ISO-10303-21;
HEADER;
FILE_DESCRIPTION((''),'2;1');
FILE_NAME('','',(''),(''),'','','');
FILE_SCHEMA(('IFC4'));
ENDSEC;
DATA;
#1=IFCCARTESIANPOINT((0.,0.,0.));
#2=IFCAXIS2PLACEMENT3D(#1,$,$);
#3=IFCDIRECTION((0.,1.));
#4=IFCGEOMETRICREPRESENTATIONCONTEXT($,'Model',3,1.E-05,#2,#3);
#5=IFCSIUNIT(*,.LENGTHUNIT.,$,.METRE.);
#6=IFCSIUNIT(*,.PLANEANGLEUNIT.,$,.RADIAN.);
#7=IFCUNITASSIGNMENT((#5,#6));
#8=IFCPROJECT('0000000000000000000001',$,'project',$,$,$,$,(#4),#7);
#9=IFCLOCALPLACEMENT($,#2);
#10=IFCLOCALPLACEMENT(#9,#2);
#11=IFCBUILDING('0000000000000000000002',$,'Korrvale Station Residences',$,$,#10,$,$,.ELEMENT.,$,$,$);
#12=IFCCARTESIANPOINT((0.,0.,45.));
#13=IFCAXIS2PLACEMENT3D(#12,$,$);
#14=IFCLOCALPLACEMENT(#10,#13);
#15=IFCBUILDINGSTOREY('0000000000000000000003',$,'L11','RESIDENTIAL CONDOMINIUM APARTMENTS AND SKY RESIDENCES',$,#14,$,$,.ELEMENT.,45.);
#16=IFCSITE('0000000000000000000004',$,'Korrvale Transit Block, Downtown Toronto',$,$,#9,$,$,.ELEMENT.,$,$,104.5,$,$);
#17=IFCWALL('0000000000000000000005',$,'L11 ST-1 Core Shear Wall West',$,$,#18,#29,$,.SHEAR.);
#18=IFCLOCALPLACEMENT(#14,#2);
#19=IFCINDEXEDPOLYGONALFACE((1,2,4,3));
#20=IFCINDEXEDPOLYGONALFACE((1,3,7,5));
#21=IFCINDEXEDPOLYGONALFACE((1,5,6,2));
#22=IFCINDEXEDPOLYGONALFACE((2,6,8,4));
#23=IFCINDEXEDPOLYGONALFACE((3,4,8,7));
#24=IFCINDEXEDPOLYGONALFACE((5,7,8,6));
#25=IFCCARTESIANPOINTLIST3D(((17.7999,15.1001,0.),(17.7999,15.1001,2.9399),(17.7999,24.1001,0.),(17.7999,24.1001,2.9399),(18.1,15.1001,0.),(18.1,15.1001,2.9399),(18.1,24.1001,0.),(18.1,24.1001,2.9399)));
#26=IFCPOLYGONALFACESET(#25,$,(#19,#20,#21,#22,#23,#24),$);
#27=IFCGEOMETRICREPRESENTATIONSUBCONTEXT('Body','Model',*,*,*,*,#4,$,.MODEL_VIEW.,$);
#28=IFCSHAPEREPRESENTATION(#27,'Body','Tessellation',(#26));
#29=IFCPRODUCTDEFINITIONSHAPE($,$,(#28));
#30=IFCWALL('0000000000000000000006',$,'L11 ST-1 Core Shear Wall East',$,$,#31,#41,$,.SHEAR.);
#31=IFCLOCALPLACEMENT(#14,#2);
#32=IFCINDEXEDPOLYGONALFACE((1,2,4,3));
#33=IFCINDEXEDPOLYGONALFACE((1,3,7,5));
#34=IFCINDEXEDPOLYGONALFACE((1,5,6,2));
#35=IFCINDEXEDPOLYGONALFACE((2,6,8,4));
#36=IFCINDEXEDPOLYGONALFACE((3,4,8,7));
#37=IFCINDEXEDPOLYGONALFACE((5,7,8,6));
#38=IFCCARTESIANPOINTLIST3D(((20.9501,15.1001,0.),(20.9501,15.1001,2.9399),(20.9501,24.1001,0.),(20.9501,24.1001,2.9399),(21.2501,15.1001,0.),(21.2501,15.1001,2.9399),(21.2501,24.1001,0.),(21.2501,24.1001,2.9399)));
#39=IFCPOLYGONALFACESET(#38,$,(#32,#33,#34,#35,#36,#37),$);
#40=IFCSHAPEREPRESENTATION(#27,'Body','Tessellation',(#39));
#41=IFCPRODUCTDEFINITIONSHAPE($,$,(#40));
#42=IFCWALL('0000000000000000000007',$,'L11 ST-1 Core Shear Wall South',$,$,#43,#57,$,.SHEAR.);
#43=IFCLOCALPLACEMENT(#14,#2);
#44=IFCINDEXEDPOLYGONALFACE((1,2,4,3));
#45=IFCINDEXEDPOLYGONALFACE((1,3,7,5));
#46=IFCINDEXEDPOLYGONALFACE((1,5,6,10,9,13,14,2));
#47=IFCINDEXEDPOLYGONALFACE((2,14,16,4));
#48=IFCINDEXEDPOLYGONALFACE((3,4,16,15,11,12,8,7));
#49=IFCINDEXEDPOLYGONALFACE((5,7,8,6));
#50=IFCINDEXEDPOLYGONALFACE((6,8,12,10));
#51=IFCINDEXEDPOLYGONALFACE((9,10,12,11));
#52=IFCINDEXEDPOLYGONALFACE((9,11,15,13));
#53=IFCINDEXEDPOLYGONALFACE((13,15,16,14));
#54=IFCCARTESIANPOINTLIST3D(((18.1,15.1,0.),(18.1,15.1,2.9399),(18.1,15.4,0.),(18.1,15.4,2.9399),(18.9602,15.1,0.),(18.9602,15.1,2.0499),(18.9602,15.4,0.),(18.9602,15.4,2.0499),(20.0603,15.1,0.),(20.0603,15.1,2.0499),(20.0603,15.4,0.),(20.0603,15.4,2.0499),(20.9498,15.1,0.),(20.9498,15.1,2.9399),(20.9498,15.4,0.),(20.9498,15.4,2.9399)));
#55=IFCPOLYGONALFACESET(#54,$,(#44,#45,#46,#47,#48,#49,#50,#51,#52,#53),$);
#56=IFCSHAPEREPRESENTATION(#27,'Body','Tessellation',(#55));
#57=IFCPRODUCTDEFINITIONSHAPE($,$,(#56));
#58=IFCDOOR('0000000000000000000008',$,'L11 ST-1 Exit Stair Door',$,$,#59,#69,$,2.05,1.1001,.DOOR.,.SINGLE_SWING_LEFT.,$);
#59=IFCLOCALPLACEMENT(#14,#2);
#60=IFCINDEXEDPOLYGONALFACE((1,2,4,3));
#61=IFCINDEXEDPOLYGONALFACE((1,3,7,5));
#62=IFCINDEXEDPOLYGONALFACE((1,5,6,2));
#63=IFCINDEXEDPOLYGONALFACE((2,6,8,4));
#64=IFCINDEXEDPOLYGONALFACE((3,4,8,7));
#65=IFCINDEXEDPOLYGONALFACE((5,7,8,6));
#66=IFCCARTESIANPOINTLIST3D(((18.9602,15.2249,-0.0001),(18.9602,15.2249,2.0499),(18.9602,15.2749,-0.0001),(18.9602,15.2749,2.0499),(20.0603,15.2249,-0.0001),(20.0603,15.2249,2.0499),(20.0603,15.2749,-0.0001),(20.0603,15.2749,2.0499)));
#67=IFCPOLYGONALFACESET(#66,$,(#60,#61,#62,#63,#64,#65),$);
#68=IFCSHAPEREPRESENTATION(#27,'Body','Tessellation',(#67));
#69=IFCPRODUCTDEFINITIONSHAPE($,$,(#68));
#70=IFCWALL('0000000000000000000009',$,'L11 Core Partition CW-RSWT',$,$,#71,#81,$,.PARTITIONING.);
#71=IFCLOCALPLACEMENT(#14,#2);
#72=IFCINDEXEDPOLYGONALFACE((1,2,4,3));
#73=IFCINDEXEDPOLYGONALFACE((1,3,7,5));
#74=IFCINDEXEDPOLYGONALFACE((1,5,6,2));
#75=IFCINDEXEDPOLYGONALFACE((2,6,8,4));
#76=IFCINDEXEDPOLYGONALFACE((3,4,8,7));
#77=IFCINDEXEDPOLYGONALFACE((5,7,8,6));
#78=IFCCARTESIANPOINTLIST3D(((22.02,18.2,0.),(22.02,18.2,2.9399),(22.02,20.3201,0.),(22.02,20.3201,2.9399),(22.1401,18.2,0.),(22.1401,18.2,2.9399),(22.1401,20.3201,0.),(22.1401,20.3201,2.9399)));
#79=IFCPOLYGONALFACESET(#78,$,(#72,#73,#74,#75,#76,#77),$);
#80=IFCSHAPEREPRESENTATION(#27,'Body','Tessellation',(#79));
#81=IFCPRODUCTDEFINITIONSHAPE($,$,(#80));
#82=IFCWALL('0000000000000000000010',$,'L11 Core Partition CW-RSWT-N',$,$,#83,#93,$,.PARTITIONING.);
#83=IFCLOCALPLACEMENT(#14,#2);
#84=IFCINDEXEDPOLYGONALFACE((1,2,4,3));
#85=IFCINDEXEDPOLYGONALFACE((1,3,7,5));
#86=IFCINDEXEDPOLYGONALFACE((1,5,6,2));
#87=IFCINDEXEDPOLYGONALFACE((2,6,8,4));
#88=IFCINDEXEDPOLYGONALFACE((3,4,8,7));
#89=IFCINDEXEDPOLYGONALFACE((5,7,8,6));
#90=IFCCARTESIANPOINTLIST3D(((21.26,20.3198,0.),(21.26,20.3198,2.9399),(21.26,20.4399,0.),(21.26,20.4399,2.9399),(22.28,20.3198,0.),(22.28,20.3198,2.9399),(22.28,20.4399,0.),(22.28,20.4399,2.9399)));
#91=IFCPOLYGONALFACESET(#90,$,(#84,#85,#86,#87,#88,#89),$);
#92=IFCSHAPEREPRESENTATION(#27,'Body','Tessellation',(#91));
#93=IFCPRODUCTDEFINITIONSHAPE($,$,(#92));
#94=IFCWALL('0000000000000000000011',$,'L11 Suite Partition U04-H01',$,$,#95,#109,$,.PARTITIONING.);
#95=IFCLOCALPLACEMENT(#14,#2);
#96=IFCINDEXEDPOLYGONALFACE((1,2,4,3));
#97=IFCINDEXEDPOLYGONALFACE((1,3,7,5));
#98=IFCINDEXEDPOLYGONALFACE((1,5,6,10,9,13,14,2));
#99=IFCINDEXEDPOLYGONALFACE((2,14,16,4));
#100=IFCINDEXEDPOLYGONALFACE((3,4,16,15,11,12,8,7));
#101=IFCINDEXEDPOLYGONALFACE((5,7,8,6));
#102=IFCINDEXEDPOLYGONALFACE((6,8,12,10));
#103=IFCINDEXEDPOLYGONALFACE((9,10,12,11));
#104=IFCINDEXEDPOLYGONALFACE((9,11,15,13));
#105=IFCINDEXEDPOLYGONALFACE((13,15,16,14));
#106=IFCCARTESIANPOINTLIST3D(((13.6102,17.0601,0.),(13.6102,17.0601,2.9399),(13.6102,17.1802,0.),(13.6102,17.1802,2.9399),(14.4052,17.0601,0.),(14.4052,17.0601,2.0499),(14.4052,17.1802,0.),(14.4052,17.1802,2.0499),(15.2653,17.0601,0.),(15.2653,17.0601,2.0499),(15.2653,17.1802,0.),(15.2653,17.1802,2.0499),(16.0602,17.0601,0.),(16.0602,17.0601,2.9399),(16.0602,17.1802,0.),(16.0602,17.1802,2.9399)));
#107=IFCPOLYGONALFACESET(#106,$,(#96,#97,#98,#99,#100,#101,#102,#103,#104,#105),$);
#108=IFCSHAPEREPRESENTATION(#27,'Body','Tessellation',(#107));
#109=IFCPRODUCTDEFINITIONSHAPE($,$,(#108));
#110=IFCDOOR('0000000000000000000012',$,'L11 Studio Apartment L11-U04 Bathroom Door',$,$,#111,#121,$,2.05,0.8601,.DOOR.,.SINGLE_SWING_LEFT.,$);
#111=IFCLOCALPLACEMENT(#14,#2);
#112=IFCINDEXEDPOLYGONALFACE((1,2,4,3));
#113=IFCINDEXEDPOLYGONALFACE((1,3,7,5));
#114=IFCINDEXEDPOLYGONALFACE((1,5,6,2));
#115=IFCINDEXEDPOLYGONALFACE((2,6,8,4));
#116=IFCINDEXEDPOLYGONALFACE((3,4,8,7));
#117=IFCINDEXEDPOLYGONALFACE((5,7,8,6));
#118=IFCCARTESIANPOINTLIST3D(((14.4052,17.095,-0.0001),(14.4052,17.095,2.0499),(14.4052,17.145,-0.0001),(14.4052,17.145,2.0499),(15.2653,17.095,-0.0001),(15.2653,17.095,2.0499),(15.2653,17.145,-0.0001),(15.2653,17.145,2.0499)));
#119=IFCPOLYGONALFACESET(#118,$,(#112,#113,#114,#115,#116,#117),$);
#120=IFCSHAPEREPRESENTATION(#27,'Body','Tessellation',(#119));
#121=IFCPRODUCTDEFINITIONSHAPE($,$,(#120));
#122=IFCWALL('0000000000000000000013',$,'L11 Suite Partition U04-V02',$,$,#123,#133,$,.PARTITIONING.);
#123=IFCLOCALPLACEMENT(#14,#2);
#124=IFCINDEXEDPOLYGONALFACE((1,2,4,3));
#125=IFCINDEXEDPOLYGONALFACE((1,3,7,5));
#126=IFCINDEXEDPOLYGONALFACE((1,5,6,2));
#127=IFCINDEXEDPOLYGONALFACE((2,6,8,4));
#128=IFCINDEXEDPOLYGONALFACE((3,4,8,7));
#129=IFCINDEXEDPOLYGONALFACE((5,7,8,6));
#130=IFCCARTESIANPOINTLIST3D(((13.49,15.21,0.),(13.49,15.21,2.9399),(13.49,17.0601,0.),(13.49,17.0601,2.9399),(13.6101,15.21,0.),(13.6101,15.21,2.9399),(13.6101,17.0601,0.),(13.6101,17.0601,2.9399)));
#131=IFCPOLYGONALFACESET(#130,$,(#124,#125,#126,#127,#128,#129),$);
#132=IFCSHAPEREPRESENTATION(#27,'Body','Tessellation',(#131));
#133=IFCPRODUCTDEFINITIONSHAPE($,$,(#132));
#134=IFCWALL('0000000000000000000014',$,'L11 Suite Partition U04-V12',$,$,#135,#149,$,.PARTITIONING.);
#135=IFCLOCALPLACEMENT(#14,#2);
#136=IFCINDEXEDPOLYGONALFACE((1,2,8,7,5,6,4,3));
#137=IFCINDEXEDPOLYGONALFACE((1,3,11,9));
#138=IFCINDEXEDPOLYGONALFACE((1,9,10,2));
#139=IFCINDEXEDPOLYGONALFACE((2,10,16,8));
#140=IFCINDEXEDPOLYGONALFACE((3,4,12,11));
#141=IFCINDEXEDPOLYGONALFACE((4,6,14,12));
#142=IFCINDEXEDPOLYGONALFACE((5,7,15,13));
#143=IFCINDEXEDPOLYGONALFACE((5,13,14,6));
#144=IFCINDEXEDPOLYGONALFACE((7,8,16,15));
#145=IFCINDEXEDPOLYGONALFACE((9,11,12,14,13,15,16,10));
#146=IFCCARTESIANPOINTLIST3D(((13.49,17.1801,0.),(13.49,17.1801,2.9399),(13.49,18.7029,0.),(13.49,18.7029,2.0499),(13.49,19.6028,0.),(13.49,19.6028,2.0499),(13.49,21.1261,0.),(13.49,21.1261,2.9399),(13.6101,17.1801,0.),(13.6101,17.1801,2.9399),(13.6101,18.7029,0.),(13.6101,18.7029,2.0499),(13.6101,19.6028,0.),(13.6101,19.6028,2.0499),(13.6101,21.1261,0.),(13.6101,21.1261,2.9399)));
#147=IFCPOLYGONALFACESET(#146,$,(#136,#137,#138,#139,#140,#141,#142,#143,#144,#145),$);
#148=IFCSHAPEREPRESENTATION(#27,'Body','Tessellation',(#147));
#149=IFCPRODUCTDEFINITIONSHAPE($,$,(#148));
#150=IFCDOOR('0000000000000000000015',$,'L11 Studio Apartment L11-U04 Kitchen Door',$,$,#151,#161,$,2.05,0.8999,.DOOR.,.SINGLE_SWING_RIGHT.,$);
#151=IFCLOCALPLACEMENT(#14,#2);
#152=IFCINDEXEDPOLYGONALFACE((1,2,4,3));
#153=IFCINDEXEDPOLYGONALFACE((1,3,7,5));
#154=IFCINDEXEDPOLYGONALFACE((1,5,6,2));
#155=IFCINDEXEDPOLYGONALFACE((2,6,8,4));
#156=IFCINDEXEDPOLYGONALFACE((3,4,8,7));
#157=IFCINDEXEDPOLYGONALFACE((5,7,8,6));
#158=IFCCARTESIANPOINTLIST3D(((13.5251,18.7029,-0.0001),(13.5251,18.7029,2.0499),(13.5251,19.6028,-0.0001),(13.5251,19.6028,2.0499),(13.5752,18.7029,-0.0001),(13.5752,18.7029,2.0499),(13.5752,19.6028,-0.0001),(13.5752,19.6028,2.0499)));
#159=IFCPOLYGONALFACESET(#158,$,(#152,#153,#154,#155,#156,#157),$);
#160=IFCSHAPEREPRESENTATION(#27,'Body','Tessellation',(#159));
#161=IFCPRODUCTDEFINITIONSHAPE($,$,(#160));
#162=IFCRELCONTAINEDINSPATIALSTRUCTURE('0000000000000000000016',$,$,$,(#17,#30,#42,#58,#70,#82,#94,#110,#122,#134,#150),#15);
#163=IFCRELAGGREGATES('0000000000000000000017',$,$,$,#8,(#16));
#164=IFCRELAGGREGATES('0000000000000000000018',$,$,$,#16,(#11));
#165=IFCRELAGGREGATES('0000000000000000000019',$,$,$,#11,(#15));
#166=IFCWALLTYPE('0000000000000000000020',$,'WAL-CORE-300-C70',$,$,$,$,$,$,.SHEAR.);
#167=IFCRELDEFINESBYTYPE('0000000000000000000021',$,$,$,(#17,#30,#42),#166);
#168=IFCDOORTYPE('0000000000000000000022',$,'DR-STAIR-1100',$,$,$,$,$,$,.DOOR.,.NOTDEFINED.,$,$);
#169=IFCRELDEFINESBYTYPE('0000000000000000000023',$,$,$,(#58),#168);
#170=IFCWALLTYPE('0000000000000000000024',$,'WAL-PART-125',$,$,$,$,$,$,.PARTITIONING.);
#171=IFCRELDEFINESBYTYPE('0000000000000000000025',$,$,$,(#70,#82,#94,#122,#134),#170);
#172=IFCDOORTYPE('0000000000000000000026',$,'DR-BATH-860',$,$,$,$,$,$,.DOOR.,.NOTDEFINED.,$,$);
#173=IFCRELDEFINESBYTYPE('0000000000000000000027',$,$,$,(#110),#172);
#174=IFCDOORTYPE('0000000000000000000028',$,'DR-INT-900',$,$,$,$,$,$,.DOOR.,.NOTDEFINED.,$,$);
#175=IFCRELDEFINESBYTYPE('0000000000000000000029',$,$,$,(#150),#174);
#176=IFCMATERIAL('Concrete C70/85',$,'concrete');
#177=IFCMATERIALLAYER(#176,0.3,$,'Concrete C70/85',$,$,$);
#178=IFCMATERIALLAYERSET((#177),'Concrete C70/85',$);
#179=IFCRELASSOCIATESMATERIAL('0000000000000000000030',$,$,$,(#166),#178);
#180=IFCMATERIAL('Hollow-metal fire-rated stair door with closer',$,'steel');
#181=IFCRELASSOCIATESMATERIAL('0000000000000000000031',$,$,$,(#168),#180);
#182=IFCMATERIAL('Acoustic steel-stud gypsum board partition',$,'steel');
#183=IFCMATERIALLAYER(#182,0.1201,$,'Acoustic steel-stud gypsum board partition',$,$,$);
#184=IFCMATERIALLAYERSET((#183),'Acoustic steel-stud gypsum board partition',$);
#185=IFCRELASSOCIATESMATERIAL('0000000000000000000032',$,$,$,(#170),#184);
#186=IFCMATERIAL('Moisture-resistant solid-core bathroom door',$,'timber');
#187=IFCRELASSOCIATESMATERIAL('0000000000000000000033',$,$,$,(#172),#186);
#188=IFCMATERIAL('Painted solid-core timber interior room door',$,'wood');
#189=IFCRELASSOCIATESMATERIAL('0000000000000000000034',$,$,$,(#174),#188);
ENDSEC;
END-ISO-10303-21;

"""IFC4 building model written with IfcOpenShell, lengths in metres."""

from ifc_helpers import new_model, si_unit, direction, frame, frame_2d, origin, place, context, subcontext, project, spatial, rectangle, extrude, material, layer, layer_set, type_object, element, fill, save


model = new_model("IFC4")

# Units and contexts
model_context = context("Model", 3, precision=1e-05, world=origin(), true_north=direction((0.0, 1.0)))
body_context = subcontext(model_context, "Body", "Model", "MODEL_VIEW")
ifc_project = project(units=[si_unit("LENGTHUNIT", "METRE"), si_unit("PLANEANGLEUNIT", "RADIAN")], contexts=[model_context])

# Site, building, storey
site_placement = place(None, origin())
site = spatial("IfcSite", under=ifc_project, at=site_placement, Name="Korrvale Transit Block, Downtown Toronto", CompositionType="ELEMENT", RefElevation=104.5)
building_placement = place(site_placement, origin())
building = spatial("IfcBuilding", under=site, at=building_placement, Name="Korrvale Station Residences", CompositionType="ELEMENT")
storey_placement = place(building_placement, frame((0.0, 0.0, 45.0)))
storey = spatial("IfcBuildingStorey", under=building, at=storey_placement, Name="L11", Description="RESIDENTIAL CONDOMINIUM APARTMENTS AND SKY RESIDENCES", CompositionType="ELEMENT", Elevation=45.0)

# Walls
ifc_material_1 = material(Name="Concrete C70/85", Category="concrete")
ifc_layer_1 = layer(ifc_material_1, 0.3, Name="Concrete C70/85")
ifc_layer_set_1 = layer_set([ifc_layer_1], Name="Concrete C70/85")
wall_type_1 = type_object("IfcWallType", Name="WAL-CORE-300-C70", PredefinedType="SHEAR", material=ifc_layer_set_1)
for number, where, z_axis, x_axis, name in (
    (1, (17.95, 15.1001, 0.0), (0.0, 0.0, 1.0), (0.0, 1.0, 0.0), "L11 ST-1 Core Shear Wall West"),
    (2, (21.1001, 15.1001, 0.0), (0.0, 0.0, 1.0), (0.0, 1.0, 0.0), "L11 ST-1 Core Shear Wall East"),
):
    element("IfcWall", number, at=place(storey_placement, frame(where, z_axis=z_axis, x_axis=x_axis)), inside=storey, type_object=wall_type_1, Name=name, PredefinedType="SHEAR", context=body_context, shape_type="SweptSolid", body=[
        extrude(rectangle(XDim=9.0, YDim=0.3, at=frame_2d((4.5, 0.0))), origin(), (0.0, 0.0, 1.0), 2.9399),
    ])

# Wall, opening, door
wall_1_placement = place(storey_placement, frame((18.1001, 15.25, 0.0), z_axis=(0.0, 0.0, 1.0), x_axis=(1.0, 0.0, 0.0)))
wall_1 = element("IfcWall", 3, at=wall_1_placement, inside=storey, type_object=wall_type_1, Name="L11 ST-1 Core Shear Wall South", PredefinedType="SHEAR", context=body_context, shape_type="SweptSolid", body=[
    extrude(rectangle(XDim=2.8499, YDim=0.3, at=frame_2d((1.4248, 0.0))), origin(), (0.0, 0.0, 1.0), 2.9399),
])
opening_1_placement = place(wall_1_placement, frame((0.8601, 0.0, 0.0)))
opening_1 = element("IfcOpeningElement", 4, at=opening_1_placement, cuts=wall_1, PredefinedType="OPENING", context=body_context, shape_type="SweptSolid", body=[
    extrude(rectangle(XDim=1.1001, YDim=2.05, at=frame_2d((0.55, 1.0249))), frame((0.0, 0.1602, 0.0), z_axis=(0.0, -1.0, 0.0), x_axis=(1.0, 0.0, 0.0)), (0.0, 0.0, 1.0), 0.3201),
])
ifc_material_2 = material(Name="Hollow-metal fire-rated stair door with closer", Category="steel")
door_type_1 = type_object("IfcDoorType", Name="DR-STAIR-1100", OperationType="NOTDEFINED", PredefinedType="DOOR", material=ifc_material_2)
door_1_placement = place(opening_1_placement, origin())
door_1 = element("IfcDoor", 5, at=door_1_placement, inside=storey, type_object=door_type_1, Name="L11 ST-1 Exit Stair Door", OperationType="SINGLE_SWING_LEFT", OverallHeight=2.05, OverallWidth=1.1001, PredefinedType="DOOR", context=body_context, shape_type="SweptSolid", body=[
    extrude(rectangle(XDim=1.1001, YDim=2.05, at=frame_2d((0.55, 1.0249))), frame((0.0, 0.0249, 0.0), z_axis=(0.0, -1.0, 0.0), x_axis=(1.0, 0.0, 0.0)), (0.0, 0.0, 1.0), 0.05),
])
fill(opening_1, door_1)

# Walls
ifc_material_3 = material(Name="Acoustic steel-stud gypsum board partition", Category="steel")
ifc_layer_2 = layer(ifc_material_3, 0.1201, Name="Acoustic steel-stud gypsum board partition")
ifc_layer_set_2 = layer_set([ifc_layer_2], Name="Acoustic steel-stud gypsum board partition")
wall_type_2 = type_object("IfcWallType", Name="WAL-PART-125", PredefinedType="PARTITIONING", material=ifc_layer_set_2)
wall_2_placement = place(storey_placement, frame((22.0801, 18.2, 0.0), z_axis=(0.0, 0.0, 1.0), x_axis=(0.0, 1.0, 0.0)))
element("IfcWall", 6, at=wall_2_placement, inside=storey, type_object=wall_type_2, Name="L11 Core Partition CW-RSWT", PredefinedType="PARTITIONING", context=body_context, shape_type="SweptSolid", body=[
    extrude(rectangle(XDim=2.1201, YDim=0.1201, at=frame_2d((1.0601, 0.0))), origin(), (0.0, 0.0, 1.0), 2.9399),
])
wall_3_placement = place(storey_placement, frame((22.28, 20.3799, 0.0), z_axis=(0.0, 0.0, 1.0), x_axis=(-1.0, 0.0, 0.0)))
element("IfcWall", 7, at=wall_3_placement, inside=storey, type_object=wall_type_2, Name="L11 Core Partition CW-RSWT-N", PredefinedType="PARTITIONING", context=body_context, shape_type="SweptSolid", body=[
    extrude(rectangle(XDim=1.02, YDim=0.1201, at=frame_2d((0.51, 0.0))), origin(), (0.0, 0.0, 1.0), 2.9399),
])

# Wall, opening, door
wall_4_placement = place(storey_placement, frame((13.6101, 17.1201, 0.0), z_axis=(0.0, 0.0, 1.0), x_axis=(1.0, 0.0, 0.0)))
wall_4 = element("IfcWall", 8, at=wall_4_placement, inside=storey, type_object=wall_type_2, Name="L11 Suite Partition U04-H01", PredefinedType="PARTITIONING", context=body_context, shape_type="SweptSolid", body=[
    extrude(rectangle(XDim=2.45, YDim=0.1201, at=frame_2d((1.2251, 0.0))), origin(), (0.0, 0.0, 1.0), 2.9399),
])
opening_2_placement = place(wall_4_placement, frame((0.7949, 0.0, 0.0)))
opening_2 = element("IfcOpeningElement", 9, at=opening_2_placement, cuts=wall_4, PredefinedType="OPENING", context=body_context, shape_type="SweptSolid", body=[
    extrude(rectangle(XDim=0.8601, YDim=2.05, at=frame_2d((0.4302, 1.0249))), frame((0.0, 0.0701, 0.0), z_axis=(0.0, -1.0, 0.0), x_axis=(1.0, 0.0, 0.0)), (0.0, 0.0, 1.0), 0.1401),
])
ifc_material_4 = material(Name="Moisture-resistant solid-core bathroom door", Category="timber")
door_type_2 = type_object("IfcDoorType", Name="DR-BATH-860", OperationType="NOTDEFINED", PredefinedType="DOOR", material=ifc_material_4)
door_2_placement = place(opening_2_placement, origin())
door_2 = element("IfcDoor", 10, at=door_2_placement, inside=storey, type_object=door_type_2, Name="L11 Studio Apartment L11-U04 Bathroom Door", OperationType="SINGLE_SWING_LEFT", OverallHeight=2.05, OverallWidth=0.8601, PredefinedType="DOOR", context=body_context, shape_type="SweptSolid", body=[
    extrude(rectangle(XDim=0.8601, YDim=2.05, at=frame_2d((0.4302, 1.0249))), frame((0.0, 0.0249, 0.0), z_axis=(0.0, -1.0, 0.0), x_axis=(1.0, 0.0, 0.0)), (0.0, 0.0, 1.0), 0.05),
])
fill(opening_2, door_2)

# Wall
wall_5_placement = place(storey_placement, frame((13.55, 15.21, 0.0), z_axis=(0.0, 0.0, 1.0), x_axis=(0.0, 1.0, 0.0)))
element("IfcWall", 11, at=wall_5_placement, inside=storey, type_object=wall_type_2, Name="L11 Suite Partition U04-V02", PredefinedType="PARTITIONING", context=body_context, shape_type="SweptSolid", body=[
    extrude(rectangle(XDim=1.8501, YDim=0.1201, at=frame_2d((0.925, 0.0))), origin(), (0.0, 0.0, 1.0), 2.9399),
])

# Wall, opening, door
wall_6_placement = place(storey_placement, frame((13.55, 17.1799, 0.0), z_axis=(0.0, 0.0, 1.0), x_axis=(0.0, 1.0, 0.0)))
wall_6 = element("IfcWall", 12, at=wall_6_placement, inside=storey, type_object=wall_type_2, Name="L11 Suite Partition U04-V12", PredefinedType="PARTITIONING", context=body_context, shape_type="SweptSolid", body=[
    extrude(rectangle(XDim=3.946, YDim=0.1201, at=frame_2d((1.9731, 0.0))), origin(), (0.0, 0.0, 1.0), 2.9399),
])
opening_3_placement = place(wall_6_placement, frame((1.5229, 0.0, 0.0)))
opening_3 = element("IfcOpeningElement", 13, at=opening_3_placement, cuts=wall_6, PredefinedType="OPENING", context=body_context, shape_type="SweptSolid", body=[
    extrude(rectangle(XDim=0.8999, YDim=2.05, at=frame_2d((0.45, 1.0249))), frame((0.0, 0.0701, 0.0), z_axis=(0.0, -1.0, 0.0), x_axis=(1.0, 0.0, 0.0)), (0.0, 0.0, 1.0), 0.1401),
])
ifc_material_5 = material(Name="Painted solid-core timber interior room door", Category="wood")
door_type_3 = type_object("IfcDoorType", Name="DR-INT-900", OperationType="NOTDEFINED", PredefinedType="DOOR", material=ifc_material_5)
door_3_placement = place(opening_3_placement, origin())
door_3 = element("IfcDoor", 14, at=door_3_placement, inside=storey, type_object=door_type_3, Name="L11 Studio Apartment L11-U04 Kitchen Door", OperationType="SINGLE_SWING_RIGHT", OverallHeight=2.05, OverallWidth=0.8999, PredefinedType="DOOR", context=body_context, shape_type="SweptSolid", body=[
    extrude(rectangle(XDim=0.8999, YDim=2.05, at=frame_2d((0.45, 1.0249))), frame((0.0, 0.0249, 0.0), z_axis=(0.0, -1.0, 0.0), x_axis=(1.0, 0.0, 0.0)), (0.0, 0.0, 1.0), 0.05),
])
fill(opening_3, door_3)

save(model, "model.ifc")
